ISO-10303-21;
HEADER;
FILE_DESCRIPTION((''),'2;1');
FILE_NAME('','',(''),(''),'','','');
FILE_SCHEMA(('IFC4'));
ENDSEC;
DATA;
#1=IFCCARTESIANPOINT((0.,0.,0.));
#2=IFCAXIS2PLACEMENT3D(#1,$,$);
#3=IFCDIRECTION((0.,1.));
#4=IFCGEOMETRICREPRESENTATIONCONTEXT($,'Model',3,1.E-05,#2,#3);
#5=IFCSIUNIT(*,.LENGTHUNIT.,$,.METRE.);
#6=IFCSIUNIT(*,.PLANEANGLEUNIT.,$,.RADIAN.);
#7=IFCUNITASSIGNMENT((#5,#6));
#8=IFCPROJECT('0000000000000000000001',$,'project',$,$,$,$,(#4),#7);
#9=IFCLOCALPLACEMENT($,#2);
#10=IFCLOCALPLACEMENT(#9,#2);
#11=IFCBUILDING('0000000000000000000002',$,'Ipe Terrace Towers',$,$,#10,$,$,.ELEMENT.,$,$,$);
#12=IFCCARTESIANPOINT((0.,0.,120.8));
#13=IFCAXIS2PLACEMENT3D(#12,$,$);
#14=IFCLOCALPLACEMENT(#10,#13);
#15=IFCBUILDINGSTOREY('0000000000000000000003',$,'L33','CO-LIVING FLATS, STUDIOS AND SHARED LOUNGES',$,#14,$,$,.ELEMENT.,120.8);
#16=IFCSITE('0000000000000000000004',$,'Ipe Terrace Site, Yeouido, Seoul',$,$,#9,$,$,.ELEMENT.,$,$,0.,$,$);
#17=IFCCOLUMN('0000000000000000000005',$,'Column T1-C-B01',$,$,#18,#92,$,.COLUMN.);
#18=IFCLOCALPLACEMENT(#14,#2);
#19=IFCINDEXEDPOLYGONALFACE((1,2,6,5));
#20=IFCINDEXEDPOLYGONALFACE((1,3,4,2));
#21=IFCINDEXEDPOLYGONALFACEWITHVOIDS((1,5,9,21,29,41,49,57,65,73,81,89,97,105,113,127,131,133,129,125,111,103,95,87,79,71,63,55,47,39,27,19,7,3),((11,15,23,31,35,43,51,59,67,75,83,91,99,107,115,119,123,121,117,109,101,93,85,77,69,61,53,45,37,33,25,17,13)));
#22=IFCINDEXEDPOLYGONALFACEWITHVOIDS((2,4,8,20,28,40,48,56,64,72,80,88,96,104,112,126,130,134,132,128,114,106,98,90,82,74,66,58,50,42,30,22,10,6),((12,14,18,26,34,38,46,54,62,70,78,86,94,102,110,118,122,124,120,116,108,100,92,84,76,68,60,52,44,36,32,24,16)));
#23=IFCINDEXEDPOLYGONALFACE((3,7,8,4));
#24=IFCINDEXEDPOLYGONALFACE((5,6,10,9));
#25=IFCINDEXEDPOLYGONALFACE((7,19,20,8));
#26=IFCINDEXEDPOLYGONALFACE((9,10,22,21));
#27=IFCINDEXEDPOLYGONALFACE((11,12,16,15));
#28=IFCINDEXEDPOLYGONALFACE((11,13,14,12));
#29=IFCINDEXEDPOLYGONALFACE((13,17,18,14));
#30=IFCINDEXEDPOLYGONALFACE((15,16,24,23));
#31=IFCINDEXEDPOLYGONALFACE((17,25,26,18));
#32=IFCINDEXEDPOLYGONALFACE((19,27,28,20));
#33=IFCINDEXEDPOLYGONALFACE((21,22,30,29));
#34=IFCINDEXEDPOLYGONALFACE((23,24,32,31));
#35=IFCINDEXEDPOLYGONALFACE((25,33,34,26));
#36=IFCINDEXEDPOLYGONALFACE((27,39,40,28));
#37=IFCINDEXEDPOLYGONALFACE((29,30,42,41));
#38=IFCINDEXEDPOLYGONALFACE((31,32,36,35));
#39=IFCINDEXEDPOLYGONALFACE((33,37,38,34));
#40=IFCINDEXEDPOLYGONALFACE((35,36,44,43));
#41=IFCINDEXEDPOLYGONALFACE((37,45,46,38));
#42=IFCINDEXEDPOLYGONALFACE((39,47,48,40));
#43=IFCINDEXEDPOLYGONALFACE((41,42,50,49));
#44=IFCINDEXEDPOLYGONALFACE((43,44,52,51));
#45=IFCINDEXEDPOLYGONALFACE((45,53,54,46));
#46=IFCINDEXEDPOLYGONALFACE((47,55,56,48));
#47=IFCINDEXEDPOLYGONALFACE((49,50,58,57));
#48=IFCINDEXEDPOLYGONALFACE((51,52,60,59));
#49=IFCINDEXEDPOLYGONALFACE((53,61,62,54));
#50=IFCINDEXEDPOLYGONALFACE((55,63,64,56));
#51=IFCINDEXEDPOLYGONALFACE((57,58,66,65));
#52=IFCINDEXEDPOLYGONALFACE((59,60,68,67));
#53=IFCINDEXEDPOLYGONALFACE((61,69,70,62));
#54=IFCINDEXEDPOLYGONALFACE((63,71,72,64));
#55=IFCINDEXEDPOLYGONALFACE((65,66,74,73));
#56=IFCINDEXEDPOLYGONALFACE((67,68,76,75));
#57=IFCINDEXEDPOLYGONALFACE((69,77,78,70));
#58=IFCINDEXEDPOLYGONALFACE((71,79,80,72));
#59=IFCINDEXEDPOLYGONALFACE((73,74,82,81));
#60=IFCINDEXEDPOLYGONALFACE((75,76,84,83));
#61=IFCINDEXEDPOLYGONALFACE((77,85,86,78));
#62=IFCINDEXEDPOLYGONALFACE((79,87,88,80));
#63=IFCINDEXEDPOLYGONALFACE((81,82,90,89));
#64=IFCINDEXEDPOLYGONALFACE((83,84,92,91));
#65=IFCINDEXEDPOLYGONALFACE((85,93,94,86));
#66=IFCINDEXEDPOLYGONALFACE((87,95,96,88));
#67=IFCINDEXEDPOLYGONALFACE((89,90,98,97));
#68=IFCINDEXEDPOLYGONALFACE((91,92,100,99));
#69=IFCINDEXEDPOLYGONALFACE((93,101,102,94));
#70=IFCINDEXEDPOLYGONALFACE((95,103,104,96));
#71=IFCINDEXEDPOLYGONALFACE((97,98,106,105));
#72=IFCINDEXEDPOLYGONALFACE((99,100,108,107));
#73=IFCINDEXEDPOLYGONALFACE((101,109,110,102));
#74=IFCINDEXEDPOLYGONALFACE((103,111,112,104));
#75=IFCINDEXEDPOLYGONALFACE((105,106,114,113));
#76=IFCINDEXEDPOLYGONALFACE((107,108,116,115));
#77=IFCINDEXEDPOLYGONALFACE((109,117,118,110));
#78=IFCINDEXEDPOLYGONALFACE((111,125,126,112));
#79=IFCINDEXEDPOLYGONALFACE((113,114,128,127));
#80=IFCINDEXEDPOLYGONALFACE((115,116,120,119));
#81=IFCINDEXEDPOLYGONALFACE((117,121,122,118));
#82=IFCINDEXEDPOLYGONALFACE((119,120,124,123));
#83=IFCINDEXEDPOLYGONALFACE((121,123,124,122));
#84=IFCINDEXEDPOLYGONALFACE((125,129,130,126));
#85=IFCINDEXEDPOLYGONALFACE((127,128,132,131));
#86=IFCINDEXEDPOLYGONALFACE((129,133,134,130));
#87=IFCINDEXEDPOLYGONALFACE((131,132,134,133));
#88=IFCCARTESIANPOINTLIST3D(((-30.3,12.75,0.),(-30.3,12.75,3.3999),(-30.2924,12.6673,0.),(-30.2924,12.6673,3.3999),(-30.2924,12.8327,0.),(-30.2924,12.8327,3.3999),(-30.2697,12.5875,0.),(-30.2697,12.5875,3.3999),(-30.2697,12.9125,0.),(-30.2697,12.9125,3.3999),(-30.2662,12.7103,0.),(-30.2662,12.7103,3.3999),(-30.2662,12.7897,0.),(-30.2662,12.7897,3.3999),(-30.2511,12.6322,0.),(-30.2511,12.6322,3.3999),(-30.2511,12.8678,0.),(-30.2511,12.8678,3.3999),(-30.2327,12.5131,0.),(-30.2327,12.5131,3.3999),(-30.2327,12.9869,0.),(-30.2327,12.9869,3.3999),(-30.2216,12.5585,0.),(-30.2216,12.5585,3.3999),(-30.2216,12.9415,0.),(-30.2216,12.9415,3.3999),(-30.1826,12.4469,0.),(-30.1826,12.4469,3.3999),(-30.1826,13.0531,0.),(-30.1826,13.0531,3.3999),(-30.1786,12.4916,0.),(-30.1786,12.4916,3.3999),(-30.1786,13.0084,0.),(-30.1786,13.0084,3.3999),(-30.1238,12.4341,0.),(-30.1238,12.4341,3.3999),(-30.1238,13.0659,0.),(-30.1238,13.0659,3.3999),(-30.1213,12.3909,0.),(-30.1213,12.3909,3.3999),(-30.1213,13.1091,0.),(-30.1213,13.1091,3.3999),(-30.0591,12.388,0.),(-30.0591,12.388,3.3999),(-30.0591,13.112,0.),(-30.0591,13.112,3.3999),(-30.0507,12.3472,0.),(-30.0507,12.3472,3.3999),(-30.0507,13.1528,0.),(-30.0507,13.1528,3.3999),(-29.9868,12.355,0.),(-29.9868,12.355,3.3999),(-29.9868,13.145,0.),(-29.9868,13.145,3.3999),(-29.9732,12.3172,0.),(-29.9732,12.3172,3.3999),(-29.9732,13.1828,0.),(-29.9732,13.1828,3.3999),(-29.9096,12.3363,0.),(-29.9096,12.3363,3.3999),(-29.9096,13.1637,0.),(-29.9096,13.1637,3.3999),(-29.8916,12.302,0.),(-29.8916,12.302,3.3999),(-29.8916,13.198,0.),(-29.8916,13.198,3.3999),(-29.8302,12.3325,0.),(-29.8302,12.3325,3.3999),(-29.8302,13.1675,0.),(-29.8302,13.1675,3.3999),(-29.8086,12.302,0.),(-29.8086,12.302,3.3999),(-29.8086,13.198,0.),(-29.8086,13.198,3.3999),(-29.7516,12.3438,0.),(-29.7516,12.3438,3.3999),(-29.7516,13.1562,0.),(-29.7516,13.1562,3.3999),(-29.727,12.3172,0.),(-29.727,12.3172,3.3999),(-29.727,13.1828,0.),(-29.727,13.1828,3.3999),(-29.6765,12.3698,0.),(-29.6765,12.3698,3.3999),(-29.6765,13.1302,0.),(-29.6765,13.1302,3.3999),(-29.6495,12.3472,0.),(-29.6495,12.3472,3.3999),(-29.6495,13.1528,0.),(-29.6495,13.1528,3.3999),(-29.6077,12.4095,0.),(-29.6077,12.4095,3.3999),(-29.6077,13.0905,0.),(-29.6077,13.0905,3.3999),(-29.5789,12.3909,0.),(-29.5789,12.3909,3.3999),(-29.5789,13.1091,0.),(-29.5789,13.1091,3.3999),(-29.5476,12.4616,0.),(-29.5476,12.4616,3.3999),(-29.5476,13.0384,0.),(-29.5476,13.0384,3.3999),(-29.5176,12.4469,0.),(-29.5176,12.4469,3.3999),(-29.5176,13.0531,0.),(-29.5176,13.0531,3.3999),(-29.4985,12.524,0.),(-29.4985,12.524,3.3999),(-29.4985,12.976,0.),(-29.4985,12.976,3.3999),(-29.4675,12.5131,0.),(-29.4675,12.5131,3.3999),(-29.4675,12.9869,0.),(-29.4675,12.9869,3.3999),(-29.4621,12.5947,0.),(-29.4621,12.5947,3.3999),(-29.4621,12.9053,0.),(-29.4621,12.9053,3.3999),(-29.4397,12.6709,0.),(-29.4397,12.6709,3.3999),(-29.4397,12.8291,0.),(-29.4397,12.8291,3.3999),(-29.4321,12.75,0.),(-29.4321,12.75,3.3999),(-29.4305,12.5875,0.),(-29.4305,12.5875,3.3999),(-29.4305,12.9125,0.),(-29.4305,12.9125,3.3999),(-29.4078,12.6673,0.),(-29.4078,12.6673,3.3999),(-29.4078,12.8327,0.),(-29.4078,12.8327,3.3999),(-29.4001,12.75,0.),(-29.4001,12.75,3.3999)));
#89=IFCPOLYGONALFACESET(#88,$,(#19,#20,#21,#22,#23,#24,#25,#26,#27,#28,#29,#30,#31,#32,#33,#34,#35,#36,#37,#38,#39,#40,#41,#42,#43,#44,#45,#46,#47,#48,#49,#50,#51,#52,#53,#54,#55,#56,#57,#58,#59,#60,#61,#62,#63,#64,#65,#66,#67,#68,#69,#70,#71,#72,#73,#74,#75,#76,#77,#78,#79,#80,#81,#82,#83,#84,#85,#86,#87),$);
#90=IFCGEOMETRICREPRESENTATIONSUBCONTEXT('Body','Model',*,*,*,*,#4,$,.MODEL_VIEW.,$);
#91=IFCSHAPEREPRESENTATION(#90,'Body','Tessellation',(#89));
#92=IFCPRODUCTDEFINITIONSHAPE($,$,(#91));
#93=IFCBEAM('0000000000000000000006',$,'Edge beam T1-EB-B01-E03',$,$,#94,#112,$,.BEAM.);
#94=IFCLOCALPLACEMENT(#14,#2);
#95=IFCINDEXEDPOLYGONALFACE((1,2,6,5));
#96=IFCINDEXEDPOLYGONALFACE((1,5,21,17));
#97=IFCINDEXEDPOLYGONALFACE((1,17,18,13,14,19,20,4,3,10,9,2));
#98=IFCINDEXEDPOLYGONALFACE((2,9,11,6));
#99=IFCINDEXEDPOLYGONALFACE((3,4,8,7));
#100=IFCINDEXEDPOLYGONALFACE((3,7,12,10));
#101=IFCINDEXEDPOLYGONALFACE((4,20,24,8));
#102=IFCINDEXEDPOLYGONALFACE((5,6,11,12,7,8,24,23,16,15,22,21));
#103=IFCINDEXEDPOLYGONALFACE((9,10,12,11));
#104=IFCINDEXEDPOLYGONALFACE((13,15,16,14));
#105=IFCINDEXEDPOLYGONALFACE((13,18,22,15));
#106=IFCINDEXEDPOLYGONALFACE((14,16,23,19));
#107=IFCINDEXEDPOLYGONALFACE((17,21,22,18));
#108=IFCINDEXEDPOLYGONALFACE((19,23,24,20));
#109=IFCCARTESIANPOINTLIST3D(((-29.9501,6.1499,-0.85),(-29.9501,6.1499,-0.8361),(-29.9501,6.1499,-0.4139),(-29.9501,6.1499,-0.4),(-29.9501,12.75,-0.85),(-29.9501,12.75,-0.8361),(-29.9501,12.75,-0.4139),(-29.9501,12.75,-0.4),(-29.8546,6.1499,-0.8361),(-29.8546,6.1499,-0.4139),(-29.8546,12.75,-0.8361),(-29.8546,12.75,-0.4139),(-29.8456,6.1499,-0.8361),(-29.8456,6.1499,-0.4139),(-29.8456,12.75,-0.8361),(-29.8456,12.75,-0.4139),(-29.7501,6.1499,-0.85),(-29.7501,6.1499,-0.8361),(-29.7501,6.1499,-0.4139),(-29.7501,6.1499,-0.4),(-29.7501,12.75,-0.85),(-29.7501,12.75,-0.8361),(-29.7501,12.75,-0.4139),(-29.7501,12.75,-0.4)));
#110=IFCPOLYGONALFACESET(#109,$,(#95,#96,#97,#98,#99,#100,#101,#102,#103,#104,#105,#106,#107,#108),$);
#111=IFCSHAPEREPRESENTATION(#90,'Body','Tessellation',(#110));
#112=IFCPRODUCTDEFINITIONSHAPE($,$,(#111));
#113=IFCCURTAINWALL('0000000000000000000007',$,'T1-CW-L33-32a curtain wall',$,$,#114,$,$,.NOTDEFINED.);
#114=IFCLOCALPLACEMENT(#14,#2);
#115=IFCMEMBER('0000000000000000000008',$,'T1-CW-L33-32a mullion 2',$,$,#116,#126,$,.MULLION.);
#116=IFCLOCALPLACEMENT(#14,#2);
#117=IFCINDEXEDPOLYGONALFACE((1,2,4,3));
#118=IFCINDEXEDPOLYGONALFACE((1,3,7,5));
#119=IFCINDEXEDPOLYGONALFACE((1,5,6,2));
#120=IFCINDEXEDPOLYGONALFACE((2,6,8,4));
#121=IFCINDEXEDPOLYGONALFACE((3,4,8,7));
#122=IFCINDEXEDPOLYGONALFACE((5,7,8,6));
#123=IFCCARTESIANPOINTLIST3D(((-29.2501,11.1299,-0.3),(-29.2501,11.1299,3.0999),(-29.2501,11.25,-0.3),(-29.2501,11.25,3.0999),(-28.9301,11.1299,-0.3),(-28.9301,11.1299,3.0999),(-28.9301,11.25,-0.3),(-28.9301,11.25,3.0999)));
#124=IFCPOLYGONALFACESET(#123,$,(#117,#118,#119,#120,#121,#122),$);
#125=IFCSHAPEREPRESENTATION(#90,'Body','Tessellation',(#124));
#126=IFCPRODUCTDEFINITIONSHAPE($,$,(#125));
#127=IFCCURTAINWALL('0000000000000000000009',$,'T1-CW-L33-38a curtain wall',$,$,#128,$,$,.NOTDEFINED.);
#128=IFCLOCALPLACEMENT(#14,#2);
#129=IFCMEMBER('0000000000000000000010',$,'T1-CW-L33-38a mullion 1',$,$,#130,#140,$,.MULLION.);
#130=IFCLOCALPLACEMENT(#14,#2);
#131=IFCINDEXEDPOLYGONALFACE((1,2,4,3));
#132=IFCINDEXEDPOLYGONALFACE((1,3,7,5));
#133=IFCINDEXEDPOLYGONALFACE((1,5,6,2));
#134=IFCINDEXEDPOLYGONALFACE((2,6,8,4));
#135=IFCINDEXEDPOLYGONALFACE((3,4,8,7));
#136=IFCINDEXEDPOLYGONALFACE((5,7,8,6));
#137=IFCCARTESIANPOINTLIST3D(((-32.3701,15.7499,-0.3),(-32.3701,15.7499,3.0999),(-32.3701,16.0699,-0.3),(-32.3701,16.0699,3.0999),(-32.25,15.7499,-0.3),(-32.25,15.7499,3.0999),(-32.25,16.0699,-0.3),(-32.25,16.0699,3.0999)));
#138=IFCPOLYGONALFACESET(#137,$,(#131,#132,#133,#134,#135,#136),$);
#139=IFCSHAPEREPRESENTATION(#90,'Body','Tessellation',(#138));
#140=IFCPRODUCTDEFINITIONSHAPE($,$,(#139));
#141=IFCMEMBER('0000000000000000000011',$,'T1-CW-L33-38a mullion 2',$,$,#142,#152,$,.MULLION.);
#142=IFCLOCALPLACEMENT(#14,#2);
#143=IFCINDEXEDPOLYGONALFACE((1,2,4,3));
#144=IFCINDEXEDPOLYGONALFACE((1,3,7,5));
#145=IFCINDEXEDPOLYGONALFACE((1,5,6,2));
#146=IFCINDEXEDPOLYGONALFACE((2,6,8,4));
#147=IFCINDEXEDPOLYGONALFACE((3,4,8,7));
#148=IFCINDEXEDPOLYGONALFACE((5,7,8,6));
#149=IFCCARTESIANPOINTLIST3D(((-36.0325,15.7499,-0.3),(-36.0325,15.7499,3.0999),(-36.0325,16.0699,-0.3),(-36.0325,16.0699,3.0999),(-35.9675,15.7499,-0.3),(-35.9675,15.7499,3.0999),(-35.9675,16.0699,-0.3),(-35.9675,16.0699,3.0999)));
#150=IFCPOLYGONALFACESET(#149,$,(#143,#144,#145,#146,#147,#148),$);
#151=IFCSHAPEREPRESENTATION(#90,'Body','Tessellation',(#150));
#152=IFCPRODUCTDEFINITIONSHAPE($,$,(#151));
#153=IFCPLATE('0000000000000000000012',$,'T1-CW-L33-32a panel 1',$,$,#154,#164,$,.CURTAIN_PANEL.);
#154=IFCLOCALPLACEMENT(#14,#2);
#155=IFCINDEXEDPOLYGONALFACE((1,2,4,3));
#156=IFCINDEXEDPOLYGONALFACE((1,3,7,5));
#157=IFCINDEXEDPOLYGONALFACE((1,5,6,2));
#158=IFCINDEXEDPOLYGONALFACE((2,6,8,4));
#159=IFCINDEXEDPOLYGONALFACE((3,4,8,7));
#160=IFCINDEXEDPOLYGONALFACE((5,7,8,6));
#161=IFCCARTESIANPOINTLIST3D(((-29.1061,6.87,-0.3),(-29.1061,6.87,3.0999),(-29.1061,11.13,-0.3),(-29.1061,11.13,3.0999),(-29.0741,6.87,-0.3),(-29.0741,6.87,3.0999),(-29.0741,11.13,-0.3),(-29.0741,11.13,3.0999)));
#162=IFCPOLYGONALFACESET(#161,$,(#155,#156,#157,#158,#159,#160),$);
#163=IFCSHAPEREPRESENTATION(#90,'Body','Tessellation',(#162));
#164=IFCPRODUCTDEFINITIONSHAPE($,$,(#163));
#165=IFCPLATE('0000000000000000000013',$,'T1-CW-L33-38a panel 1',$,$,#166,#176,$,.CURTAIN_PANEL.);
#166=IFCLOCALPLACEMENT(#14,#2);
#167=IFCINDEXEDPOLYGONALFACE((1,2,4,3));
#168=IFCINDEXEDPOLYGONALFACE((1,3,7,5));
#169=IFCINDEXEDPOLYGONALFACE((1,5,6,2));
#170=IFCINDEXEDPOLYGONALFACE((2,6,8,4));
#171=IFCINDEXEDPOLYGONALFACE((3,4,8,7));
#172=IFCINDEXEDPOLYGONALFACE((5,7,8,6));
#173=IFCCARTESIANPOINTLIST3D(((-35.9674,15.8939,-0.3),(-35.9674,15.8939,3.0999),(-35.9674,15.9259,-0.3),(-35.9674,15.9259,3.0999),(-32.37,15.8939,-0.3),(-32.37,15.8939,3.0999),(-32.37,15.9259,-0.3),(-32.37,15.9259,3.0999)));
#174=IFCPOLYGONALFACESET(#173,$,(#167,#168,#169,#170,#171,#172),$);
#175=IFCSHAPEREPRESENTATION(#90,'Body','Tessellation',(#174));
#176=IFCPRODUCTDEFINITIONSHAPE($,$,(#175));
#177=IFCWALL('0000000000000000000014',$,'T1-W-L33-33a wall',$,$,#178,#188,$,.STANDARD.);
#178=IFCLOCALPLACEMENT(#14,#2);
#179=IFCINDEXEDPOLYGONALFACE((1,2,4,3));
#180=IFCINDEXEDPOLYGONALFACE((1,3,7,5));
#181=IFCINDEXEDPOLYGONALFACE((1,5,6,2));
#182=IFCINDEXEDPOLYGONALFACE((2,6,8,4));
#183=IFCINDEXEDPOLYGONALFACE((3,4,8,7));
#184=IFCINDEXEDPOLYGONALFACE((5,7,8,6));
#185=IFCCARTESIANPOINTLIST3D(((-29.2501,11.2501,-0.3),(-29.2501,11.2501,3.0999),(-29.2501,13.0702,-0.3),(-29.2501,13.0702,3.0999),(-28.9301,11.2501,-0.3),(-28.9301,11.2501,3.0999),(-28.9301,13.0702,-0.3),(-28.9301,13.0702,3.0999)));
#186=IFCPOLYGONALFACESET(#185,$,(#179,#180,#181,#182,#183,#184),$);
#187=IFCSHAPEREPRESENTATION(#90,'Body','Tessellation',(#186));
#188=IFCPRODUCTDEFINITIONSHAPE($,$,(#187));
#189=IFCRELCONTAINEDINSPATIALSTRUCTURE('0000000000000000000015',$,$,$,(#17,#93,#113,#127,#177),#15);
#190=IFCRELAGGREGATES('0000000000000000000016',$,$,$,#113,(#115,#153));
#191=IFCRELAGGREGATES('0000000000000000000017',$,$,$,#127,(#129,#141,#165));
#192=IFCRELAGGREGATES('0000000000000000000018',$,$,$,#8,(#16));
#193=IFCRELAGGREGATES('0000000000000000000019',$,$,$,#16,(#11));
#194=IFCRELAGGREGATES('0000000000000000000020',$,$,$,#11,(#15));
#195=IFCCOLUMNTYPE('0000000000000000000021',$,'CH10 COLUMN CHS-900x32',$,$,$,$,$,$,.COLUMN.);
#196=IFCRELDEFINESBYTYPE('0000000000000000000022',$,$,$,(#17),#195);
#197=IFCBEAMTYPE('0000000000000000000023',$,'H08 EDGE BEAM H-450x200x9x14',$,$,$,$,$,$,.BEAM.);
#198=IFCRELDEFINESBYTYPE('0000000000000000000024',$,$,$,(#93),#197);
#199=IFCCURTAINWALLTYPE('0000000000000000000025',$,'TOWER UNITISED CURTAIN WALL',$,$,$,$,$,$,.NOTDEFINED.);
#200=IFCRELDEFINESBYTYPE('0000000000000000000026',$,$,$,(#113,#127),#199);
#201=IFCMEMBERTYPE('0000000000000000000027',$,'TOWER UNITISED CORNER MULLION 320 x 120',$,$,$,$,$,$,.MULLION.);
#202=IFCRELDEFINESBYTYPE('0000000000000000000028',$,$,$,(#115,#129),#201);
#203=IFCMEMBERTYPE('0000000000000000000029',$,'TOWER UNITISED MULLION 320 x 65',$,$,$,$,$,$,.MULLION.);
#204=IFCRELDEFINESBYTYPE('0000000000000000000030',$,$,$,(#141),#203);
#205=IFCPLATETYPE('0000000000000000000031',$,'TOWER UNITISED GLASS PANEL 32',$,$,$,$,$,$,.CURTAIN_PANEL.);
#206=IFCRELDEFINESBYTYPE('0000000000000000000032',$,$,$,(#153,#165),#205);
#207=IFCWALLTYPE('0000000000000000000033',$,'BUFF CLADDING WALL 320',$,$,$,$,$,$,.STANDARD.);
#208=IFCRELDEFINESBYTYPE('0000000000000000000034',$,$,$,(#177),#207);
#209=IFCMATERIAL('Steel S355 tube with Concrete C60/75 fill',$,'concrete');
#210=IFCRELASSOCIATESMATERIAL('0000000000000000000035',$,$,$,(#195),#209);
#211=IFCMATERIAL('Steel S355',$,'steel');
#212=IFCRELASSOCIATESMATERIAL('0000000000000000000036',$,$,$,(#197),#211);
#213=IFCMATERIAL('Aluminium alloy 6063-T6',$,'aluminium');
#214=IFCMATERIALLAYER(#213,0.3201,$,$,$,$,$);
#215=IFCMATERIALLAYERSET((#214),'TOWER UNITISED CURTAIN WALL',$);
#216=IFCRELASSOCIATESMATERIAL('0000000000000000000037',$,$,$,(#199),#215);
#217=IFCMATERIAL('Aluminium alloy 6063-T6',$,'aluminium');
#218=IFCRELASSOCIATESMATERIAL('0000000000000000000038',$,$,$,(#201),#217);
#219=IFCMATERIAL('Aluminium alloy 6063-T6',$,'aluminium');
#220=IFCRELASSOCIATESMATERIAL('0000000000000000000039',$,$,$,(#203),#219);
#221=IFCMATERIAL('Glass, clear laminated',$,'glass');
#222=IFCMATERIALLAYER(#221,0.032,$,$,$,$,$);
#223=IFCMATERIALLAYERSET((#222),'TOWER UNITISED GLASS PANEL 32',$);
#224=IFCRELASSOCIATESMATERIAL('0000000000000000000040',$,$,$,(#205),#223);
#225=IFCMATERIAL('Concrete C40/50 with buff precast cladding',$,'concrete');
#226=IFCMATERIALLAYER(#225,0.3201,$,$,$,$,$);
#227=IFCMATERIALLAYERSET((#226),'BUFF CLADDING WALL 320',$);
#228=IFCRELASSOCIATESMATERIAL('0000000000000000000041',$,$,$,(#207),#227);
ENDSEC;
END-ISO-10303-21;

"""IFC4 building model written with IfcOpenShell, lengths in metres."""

from ifc_helpers import new_model, si_unit, direction, frame, frame_2d, origin, origin_2d, place, context, subcontext, project, spatial, rectangle, hollow_circle, i_section, extrude, material, layer, layer_set, material_profile, profile_set, type_object, element, aggregate, save


model = new_model("IFC4")

# Units and contexts
model_context = context("Model", 3, precision=1e-05, world=origin(), true_north=direction((0.0, 1.0)))
body_context = subcontext(model_context, "Body", "Model", "MODEL_VIEW")
ifc_project = project(units=[si_unit("LENGTHUNIT", "METRE"), si_unit("PLANEANGLEUNIT", "RADIAN")], contexts=[model_context])

# Site, building, storey
site_placement = place(None, origin())
site = spatial("IfcSite", under=ifc_project, at=site_placement, Name="Ipe Terrace Site, Yeouido, Seoul", CompositionType="ELEMENT", RefElevation=0.0)
building_placement = place(site_placement, origin())
building = spatial("IfcBuilding", under=site, at=building_placement, Name="Ipe Terrace Towers", CompositionType="ELEMENT")
storey_placement = place(building_placement, frame((0.0, 0.0, 120.8)))
storey = spatial("IfcBuildingStorey", under=building, at=storey_placement, Name="L33", Description="CO-LIVING FLATS, STUDIOS AND SHARED LOUNGES", CompositionType="ELEMENT", Elevation=120.8)

# Column
ifc_material_1 = material(Name="Steel S355 tube with Concrete C60/75 fill", Category="concrete")
ifc_material_profile_1 = material_profile(ifc_material_1, hollow_circle(Radius=0.45, WallThickness=0.032, at=origin_2d()), Name="CHS-900x32")
ifc_profile_set_1 = profile_set([ifc_material_profile_1], Name="Steel S355 tube with Concrete C60/75 fill")
column_type = type_object("IfcColumnType", Name="CH10 COLUMN CHS-900x32", PredefinedType="COLUMN", material=ifc_profile_set_1)
column_placement = place(storey_placement, frame((-29.8501, 12.75, 0.0), z_axis=(0.0, 0.0, 1.0), x_axis=(1.0, 0.0, 0.0)))
element("IfcColumn", 1, at=column_placement, inside=storey, type_object=column_type, Name="Column T1-C-B01", PredefinedType="COLUMN", context=body_context, shape_type="SweptSolid", body=[
    extrude(hollow_circle(Radius=0.45, WallThickness=0.032, at=origin_2d()), origin(), (0.0, 0.0, 1.0), 3.3999),
])

# Beam
ifc_material_2 = material(Name="Steel S355", Category="steel")
ifc_material_profile_2 = material_profile(ifc_material_2, i_section(OverallWidth=0.2, OverallDepth=0.45, WebThickness=0.009, FlangeThickness=0.0139, at=origin_2d()), Name="H-450x200x9x14")
ifc_profile_set_2 = profile_set([ifc_material_profile_2], Name="Steel S355")
beam_type = type_object("IfcBeamType", Name="H08 EDGE BEAM H-450x200x9x14", PredefinedType="BEAM", material=ifc_profile_set_2)
beam_placement = place(storey_placement, frame((-29.8501, 12.75, -0.625), z_axis=(0.0, -1.0, 0.0), x_axis=(1.0, 0.0, 0.0)))
element("IfcBeam", 2, at=beam_placement, inside=storey, type_object=beam_type, Name="Edge beam T1-EB-B01-E03", PredefinedType="BEAM", context=body_context, shape_type="SweptSolid", body=[
    extrude(i_section(OverallWidth=0.2, OverallDepth=0.45, WebThickness=0.009, FlangeThickness=0.0139, at=origin_2d()), origin(), (0.0, 0.0, 1.0), 6.6001),
])

# Curtain wall, member
ifc_material_3 = material(Name="Aluminium alloy 6063-T6", Category="aluminium")
ifc_layer_1 = layer(ifc_material_3, 0.3201)
ifc_layer_set_1 = layer_set([ifc_layer_1], Name="TOWER UNITISED CURTAIN WALL")
curtain_wall_type = type_object("IfcCurtainWallType", Name="TOWER UNITISED CURTAIN WALL", PredefinedType="NOTDEFINED", material=ifc_layer_set_1)
curtain_wall_1_placement = place(storey_placement, origin())
curtain_wall_1 = element("IfcCurtainWall", 3, at=curtain_wall_1_placement, inside=storey, type_object=curtain_wall_type, Name="T1-CW-L33-32a curtain wall", PredefinedType="NOTDEFINED")
ifc_material_4 = material(Name="Aluminium alloy 6063-T6", Category="aluminium")
ifc_material_profile_3 = material_profile(ifc_material_4, rectangle(XDim=0.3201, YDim=0.1201, at=origin_2d()), Name="TOWER UNITISED CORNER MULLION 320 x 120")
ifc_profile_set_3 = profile_set([ifc_material_profile_3], Name="Aluminium alloy 6063-T6")
member_type_1 = type_object("IfcMemberType", Name="TOWER UNITISED CORNER MULLION 320 x 120", PredefinedType="MULLION", material=ifc_profile_set_3)
member_1_placement = place(storey_placement, frame((-29.0901, 11.1899, -0.3), z_axis=(0.0, 0.0, 1.0), x_axis=(1.0, 0.0, 0.0)))
member_1 = element("IfcMember", 4, at=member_1_placement, type_object=member_type_1, Name="T1-CW-L33-32a mullion 2", PredefinedType="MULLION", context=body_context, shape_type="SweptSolid", body=[
    extrude(rectangle(XDim=0.3201, YDim=0.1201, at=origin_2d()), origin(), (0.0, 0.0, 1.0), 3.3999),
])

# Curtain wall, members
curtain_wall_2_placement = place(storey_placement, origin())
curtain_wall_2 = element("IfcCurtainWall", 5, at=curtain_wall_2_placement, inside=storey, type_object=curtain_wall_type, Name="T1-CW-L33-38a curtain wall", PredefinedType="NOTDEFINED")
member_2_placement = place(storey_placement, frame((-32.3101, 15.9099, -0.3), z_axis=(0.0, 0.0, 1.0), x_axis=(0.0, 1.0, 0.0)))
member_2 = element("IfcMember", 6, at=member_2_placement, type_object=member_type_1, Name="T1-CW-L33-38a mullion 1", PredefinedType="MULLION", context=body_context, shape_type="SweptSolid", body=[
    extrude(rectangle(XDim=0.3201, YDim=0.1201, at=origin_2d()), origin(), (0.0, 0.0, 1.0), 3.3999),
])
ifc_material_5 = material(Name="Aluminium alloy 6063-T6", Category="aluminium")
ifc_material_profile_4 = material_profile(ifc_material_5, rectangle(XDim=0.3201, YDim=0.0649, at=origin_2d()), Name="TOWER UNITISED MULLION 320 x 65")
ifc_profile_set_4 = profile_set([ifc_material_profile_4], Name="Aluminium alloy 6063-T6")
member_type_2 = type_object("IfcMemberType", Name="TOWER UNITISED MULLION 320 x 65", PredefinedType="MULLION", material=ifc_profile_set_4)
member_3_placement = place(storey_placement, frame((-36.0, 15.9099, -0.3), z_axis=(0.0, 0.0, 1.0), x_axis=(0.0, 1.0, 0.0)))
member_3 = element("IfcMember", 7, at=member_3_placement, type_object=member_type_2, Name="T1-CW-L33-38a mullion 2", PredefinedType="MULLION", context=body_context, shape_type="SweptSolid", body=[
    extrude(rectangle(XDim=0.3201, YDim=0.0649, at=origin_2d()), origin(), (0.0, 0.0, 1.0), 3.3999),
])

# Plates
ifc_material_6 = material(Name="Glass, clear laminated", Category="glass")
ifc_layer_2 = layer(ifc_material_6, 0.032)
ifc_layer_set_2 = layer_set([ifc_layer_2], Name="TOWER UNITISED GLASS PANEL 32")
plate_type = type_object("IfcPlateType", Name="TOWER UNITISED GLASS PANEL 32", PredefinedType="CURTAIN_PANEL", material=ifc_layer_set_2)
plate_1_placement = place(storey_placement, frame((-29.0901, 9.0, -0.3), z_axis=(0.0, 0.0, 1.0), x_axis=(0.0, 1.0, 0.0)))
plate_1 = element("IfcPlate", 8, at=plate_1_placement, type_object=plate_type, Name="T1-CW-L33-32a panel 1", PredefinedType="CURTAIN_PANEL", context=body_context, shape_type="SweptSolid", body=[
    extrude(rectangle(XDim=4.26, YDim=0.032, at=origin_2d()), origin(), (0.0, 0.0, 1.0), 3.3999),
])
aggregate(curtain_wall_1, [member_1, plate_1])
plate_2_placement = place(storey_placement, frame((-34.1687, 15.9099, -0.3), z_axis=(0.0, 0.0, 1.0), x_axis=(-1.0, 0.0, 0.0)))
plate_2 = element("IfcPlate", 9, at=plate_2_placement, type_object=plate_type, Name="T1-CW-L33-38a panel 1", PredefinedType="CURTAIN_PANEL", context=body_context, shape_type="SweptSolid", body=[
    extrude(rectangle(XDim=3.5974, YDim=0.032, at=origin_2d()), origin(), (0.0, 0.0, 1.0), 3.3999),
])
aggregate(curtain_wall_2, [member_2, member_3, plate_2])

# Wall
ifc_material_7 = material(Name="Concrete C40/50 with buff precast cladding", Category="concrete")
ifc_layer_3 = layer(ifc_material_7, 0.3201)
ifc_layer_set_3 = layer_set([ifc_layer_3], Name="BUFF CLADDING WALL 320")
wall_type = type_object("IfcWallType", Name="BUFF CLADDING WALL 320", PredefinedType="STANDARD", material=ifc_layer_set_3)
wall_1_placement = place(storey_placement, frame((-29.0901, 11.25, -0.3), z_axis=(0.0, 0.0, 1.0), x_axis=(0.0, 1.0, 0.0)))
element("IfcWall", 10, at=wall_1_placement, inside=storey, type_object=wall_type, Name="T1-W-L33-33a wall", PredefinedType="STANDARD", context=body_context, shape_type="SweptSolid", body=[
    extrude(rectangle(XDim=1.8201, YDim=0.3201, at=frame_2d((0.9102, 0.0))), origin(), (0.0, 0.0, 1.0), 3.3999),
])

save(model, "model.ifc")
